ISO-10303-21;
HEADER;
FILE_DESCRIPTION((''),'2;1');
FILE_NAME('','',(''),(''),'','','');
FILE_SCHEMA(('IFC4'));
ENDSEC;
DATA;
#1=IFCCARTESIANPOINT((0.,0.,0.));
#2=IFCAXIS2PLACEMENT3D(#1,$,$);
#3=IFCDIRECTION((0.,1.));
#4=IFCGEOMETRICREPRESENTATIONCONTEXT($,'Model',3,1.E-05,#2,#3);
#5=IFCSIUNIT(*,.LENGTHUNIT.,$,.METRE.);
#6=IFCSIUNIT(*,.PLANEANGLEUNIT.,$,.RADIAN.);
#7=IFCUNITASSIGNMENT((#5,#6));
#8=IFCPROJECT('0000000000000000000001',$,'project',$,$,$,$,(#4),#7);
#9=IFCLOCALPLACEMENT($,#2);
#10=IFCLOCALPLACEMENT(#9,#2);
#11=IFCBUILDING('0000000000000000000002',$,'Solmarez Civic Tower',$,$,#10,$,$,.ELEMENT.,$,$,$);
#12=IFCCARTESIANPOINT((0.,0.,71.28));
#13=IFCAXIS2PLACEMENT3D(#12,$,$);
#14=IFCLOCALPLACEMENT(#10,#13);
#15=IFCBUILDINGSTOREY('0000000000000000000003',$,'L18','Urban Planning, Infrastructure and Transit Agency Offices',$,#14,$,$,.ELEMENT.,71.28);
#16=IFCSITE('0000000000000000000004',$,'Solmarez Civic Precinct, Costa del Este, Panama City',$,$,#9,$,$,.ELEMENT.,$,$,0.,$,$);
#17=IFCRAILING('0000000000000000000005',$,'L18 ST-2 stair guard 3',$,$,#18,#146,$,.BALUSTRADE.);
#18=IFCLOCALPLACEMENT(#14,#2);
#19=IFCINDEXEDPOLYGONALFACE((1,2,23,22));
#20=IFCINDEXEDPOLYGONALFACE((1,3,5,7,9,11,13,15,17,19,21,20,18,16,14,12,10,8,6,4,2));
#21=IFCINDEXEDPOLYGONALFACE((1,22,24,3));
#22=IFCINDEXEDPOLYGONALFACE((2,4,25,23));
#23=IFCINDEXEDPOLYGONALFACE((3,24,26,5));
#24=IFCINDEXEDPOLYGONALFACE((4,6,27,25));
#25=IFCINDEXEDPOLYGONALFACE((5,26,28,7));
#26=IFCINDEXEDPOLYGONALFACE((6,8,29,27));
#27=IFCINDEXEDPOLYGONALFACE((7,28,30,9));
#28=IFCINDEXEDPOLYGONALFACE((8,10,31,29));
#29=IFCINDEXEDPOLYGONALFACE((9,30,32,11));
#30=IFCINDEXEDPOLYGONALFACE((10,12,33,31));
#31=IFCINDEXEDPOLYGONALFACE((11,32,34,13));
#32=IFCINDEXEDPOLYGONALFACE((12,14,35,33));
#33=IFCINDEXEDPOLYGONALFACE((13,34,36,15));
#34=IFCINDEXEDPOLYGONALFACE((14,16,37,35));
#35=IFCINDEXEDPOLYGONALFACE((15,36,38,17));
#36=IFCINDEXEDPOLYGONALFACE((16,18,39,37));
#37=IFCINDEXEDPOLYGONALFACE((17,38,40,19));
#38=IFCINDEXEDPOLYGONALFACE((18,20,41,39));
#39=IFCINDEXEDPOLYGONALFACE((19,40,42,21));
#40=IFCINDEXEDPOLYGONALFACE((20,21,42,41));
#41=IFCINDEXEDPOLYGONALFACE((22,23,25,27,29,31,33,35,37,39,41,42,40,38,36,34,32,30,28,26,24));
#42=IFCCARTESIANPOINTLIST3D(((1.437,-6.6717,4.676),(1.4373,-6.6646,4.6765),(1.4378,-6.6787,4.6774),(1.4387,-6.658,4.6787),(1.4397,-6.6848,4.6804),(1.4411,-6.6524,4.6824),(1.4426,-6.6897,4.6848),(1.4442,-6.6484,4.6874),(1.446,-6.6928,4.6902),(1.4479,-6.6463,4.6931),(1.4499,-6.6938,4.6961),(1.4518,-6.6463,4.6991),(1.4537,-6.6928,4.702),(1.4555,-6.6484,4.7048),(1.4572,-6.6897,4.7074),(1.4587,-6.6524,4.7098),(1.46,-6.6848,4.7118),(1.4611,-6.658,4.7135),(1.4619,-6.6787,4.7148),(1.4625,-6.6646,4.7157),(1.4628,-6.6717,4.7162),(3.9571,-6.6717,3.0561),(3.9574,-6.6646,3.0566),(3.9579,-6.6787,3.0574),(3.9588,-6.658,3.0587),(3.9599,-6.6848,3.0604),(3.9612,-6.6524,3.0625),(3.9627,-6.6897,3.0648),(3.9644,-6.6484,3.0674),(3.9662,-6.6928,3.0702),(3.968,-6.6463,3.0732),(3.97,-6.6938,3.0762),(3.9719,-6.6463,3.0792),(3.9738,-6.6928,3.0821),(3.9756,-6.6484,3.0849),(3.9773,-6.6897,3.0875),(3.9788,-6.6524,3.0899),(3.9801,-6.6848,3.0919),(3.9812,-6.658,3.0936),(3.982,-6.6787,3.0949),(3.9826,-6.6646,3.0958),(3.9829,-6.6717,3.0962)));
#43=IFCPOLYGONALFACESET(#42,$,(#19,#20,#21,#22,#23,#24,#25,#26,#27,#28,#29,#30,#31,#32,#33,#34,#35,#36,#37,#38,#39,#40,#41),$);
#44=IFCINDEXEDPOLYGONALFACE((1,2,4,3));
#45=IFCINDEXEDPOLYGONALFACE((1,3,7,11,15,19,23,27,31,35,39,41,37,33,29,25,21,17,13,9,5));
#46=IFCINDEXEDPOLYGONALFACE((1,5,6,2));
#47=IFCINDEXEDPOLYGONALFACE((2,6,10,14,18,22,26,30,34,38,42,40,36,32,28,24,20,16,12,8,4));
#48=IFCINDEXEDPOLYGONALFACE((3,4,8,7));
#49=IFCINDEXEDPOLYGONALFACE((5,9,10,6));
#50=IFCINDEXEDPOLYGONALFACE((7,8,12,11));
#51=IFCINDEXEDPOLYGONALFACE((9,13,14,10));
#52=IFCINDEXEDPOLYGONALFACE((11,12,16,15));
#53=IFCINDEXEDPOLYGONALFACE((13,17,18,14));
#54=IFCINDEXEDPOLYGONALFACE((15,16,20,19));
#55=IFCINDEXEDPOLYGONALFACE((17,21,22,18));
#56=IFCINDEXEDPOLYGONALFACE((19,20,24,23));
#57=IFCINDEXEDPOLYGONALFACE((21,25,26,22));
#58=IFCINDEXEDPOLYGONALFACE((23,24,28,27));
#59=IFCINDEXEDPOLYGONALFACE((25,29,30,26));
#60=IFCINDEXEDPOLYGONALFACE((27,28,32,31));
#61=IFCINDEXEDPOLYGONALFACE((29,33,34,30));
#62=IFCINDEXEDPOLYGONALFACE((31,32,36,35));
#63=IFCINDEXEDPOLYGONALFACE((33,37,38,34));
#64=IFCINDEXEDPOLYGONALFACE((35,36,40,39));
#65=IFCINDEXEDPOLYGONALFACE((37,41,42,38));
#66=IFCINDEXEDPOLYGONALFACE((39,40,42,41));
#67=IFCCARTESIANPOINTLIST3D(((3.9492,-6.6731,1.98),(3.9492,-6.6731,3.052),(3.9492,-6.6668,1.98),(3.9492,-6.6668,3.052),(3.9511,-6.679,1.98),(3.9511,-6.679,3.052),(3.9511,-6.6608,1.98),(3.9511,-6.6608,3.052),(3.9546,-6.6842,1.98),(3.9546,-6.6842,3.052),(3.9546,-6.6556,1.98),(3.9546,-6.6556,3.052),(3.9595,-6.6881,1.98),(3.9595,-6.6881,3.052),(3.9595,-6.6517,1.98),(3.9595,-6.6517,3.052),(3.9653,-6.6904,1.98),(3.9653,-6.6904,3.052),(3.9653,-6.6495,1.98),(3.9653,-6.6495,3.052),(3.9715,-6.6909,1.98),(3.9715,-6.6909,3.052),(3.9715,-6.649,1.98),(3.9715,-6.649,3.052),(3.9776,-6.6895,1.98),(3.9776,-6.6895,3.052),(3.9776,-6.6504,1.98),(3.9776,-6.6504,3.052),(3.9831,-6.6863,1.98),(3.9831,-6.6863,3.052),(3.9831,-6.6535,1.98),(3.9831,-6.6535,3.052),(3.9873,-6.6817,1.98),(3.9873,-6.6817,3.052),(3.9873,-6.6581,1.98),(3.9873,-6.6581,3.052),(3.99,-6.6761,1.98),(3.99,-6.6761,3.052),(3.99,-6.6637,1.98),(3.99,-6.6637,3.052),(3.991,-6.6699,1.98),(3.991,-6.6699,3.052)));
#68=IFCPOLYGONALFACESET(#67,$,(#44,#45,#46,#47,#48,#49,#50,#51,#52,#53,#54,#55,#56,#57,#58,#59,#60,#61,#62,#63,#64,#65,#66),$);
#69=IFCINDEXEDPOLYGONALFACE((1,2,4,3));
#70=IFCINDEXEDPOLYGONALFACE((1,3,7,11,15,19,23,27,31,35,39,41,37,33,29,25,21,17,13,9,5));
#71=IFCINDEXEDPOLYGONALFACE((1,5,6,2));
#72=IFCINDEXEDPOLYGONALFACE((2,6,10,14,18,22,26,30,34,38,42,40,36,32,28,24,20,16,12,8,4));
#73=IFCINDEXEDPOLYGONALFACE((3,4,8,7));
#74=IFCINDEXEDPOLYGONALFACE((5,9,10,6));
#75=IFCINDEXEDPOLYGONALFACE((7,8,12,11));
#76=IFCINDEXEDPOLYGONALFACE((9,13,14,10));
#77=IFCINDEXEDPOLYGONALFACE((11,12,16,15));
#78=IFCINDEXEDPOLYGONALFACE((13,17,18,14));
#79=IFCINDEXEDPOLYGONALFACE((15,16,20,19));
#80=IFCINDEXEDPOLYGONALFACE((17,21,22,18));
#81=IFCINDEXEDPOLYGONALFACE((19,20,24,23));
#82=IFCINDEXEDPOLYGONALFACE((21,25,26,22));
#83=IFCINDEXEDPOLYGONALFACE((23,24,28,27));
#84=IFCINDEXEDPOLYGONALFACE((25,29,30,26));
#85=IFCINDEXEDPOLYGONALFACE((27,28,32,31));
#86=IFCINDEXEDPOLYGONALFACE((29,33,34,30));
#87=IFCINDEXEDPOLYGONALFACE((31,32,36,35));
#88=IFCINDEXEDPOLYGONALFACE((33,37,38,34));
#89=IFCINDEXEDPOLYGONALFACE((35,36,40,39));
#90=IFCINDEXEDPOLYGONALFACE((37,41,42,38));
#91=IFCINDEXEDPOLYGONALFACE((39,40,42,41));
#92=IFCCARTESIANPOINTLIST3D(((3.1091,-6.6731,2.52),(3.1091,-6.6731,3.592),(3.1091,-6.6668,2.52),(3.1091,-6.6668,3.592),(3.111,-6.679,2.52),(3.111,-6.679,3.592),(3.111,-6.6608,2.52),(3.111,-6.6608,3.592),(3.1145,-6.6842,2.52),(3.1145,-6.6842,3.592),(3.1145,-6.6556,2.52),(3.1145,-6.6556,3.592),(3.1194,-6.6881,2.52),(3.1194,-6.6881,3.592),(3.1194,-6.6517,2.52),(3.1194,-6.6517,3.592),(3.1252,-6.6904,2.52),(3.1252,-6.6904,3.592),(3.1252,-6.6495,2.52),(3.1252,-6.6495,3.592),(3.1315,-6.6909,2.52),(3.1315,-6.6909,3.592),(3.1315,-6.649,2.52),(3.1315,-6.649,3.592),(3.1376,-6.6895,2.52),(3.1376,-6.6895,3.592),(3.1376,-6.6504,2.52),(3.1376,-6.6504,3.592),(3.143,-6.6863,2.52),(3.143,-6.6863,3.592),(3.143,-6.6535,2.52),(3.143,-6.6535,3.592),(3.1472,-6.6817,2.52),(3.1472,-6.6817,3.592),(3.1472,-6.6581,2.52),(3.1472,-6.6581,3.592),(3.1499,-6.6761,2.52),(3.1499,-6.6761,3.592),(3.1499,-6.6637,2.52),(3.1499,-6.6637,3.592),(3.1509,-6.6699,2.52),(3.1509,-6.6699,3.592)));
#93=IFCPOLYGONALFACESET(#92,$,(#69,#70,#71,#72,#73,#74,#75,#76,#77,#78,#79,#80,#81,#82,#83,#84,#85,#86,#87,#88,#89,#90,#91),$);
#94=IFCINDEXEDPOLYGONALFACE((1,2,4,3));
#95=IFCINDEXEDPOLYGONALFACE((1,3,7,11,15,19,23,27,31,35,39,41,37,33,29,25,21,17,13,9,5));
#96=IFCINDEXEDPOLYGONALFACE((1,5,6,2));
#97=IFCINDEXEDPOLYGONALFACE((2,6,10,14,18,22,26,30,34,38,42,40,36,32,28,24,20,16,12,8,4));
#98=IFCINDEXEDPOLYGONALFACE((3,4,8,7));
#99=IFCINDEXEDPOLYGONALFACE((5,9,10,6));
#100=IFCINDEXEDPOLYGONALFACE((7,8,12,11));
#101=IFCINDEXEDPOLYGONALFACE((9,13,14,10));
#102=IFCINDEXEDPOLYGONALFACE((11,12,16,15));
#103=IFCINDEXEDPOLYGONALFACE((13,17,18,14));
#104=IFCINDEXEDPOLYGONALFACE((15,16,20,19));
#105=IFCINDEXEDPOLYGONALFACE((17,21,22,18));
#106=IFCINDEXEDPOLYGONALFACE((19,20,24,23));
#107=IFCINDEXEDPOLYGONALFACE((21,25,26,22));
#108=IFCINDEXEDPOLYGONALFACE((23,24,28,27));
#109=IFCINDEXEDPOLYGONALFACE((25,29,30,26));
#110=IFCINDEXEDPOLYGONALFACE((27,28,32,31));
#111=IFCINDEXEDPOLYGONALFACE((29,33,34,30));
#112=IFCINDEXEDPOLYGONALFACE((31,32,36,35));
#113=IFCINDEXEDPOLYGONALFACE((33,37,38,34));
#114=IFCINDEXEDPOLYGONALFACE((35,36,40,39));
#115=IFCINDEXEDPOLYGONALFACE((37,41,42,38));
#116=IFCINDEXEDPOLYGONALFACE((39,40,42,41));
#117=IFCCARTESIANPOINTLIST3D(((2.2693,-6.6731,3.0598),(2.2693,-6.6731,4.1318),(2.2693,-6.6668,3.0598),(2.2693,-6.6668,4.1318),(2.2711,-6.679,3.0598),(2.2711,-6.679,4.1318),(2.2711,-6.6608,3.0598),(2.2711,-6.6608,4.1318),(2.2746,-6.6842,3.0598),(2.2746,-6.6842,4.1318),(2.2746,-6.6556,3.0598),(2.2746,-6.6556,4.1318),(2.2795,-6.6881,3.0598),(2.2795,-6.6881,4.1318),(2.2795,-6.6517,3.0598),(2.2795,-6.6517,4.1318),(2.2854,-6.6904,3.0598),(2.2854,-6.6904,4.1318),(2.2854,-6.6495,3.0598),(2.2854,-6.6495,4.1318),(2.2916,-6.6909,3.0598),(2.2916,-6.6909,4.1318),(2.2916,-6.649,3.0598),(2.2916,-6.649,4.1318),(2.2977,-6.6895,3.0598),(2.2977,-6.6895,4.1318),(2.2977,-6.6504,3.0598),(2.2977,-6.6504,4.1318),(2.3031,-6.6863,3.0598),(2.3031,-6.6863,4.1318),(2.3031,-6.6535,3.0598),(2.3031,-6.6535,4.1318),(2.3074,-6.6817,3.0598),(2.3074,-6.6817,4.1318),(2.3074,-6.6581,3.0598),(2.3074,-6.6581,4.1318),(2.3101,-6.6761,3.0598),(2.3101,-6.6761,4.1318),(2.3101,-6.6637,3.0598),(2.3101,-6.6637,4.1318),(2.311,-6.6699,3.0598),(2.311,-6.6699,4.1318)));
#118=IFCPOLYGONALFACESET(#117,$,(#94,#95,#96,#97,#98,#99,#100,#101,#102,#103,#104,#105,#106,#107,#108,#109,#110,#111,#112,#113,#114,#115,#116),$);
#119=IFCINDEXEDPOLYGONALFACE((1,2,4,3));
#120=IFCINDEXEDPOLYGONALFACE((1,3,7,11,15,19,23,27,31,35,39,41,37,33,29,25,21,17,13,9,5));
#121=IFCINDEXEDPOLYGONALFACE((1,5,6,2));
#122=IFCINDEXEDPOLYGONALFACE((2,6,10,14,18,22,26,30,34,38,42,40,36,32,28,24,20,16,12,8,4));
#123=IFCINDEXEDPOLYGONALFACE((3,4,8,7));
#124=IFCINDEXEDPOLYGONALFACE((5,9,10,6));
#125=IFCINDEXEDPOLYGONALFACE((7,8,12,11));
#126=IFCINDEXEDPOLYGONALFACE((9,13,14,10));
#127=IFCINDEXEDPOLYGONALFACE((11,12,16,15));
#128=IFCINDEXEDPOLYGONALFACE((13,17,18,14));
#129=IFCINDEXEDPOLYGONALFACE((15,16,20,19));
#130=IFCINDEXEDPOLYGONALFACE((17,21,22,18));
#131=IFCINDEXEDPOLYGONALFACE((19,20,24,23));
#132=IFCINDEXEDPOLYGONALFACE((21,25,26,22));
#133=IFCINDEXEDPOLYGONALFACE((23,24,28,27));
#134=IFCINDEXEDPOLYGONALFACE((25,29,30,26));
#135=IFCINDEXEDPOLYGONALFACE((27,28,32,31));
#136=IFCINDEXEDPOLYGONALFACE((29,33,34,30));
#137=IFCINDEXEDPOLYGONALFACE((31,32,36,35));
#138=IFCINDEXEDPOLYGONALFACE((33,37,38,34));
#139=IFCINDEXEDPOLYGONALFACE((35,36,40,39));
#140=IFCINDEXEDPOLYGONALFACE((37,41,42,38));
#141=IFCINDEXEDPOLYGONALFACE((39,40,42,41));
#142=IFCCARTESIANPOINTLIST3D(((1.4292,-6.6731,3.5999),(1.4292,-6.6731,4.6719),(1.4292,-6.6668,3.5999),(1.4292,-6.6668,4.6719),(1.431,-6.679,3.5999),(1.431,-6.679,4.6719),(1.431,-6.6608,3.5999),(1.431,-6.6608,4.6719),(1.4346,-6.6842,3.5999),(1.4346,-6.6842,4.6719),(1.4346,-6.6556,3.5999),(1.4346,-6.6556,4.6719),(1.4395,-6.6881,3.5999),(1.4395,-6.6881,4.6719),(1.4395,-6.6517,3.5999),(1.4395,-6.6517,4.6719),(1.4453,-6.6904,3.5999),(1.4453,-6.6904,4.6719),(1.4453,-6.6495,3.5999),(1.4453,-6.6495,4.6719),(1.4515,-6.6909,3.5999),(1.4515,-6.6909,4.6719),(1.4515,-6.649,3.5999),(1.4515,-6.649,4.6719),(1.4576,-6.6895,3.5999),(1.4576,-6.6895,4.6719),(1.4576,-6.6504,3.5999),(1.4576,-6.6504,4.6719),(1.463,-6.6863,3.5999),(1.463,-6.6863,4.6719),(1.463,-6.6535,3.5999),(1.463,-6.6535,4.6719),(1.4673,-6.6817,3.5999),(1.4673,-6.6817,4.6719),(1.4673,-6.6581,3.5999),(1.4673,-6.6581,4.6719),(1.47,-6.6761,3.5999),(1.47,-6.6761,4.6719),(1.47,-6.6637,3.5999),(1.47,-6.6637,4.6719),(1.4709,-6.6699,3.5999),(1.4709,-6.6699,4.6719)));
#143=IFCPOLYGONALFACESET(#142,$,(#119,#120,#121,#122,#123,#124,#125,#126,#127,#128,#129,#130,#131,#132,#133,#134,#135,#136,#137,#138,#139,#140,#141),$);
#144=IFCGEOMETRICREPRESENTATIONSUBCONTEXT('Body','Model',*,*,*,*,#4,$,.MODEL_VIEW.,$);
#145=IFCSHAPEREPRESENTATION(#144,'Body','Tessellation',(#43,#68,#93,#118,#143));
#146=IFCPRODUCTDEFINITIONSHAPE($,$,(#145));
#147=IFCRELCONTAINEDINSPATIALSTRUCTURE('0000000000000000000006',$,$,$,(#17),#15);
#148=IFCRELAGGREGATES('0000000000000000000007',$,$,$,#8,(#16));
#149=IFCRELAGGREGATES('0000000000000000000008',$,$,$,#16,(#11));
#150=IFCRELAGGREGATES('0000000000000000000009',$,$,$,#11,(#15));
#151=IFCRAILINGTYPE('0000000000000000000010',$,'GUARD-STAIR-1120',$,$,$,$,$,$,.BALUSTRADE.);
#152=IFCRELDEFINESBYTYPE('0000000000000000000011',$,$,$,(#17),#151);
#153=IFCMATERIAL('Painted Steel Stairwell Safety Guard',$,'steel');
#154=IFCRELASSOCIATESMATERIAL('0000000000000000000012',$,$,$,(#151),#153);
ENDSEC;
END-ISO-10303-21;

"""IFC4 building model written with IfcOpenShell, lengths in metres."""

from ifc_helpers import new_model, si_unit, direction, frame, origin, origin_2d, place, context, subcontext, project, spatial, circle, extrude, material, type_object, element, save


model = new_model("IFC4")

# Units and contexts
model_context = context("Model", 3, precision=1e-05, world=origin(), true_north=direction((0.0, 1.0)))
body_context = subcontext(model_context, "Body", "Model", "MODEL_VIEW")
ifc_project = project(units=[si_unit("LENGTHUNIT", "METRE"), si_unit("PLANEANGLEUNIT", "RADIAN")], contexts=[model_context])

# Site, building, storey
site_placement = place(None, origin())
site = spatial("IfcSite", under=ifc_project, at=site_placement, Name="Solmarez Civic Precinct, Costa del Este, Panama City", CompositionType="ELEMENT", RefElevation=0.0)
building_placement = place(site_placement, origin())
building = spatial("IfcBuilding", under=site, at=building_placement, Name="Solmarez Civic Tower", CompositionType="ELEMENT")
storey_placement = place(building_placement, frame((0.0, 0.0, 71.28)))
storey = spatial("IfcBuildingStorey", under=building, at=storey_placement, Name="L18", Description="Urban Planning, Infrastructure and Transit Agency Offices", CompositionType="ELEMENT", Elevation=71.28)

# Railing
ifc_material_1 = material(Name="Painted Steel Stairwell Safety Guard", Category="steel")
railing_type_1 = type_object("IfcRailingType", Name="GUARD-STAIR-1120", PredefinedType="BALUSTRADE", material=ifc_material_1)
railing_1_placement = place(storey_placement, frame((3.97, -6.6699, 1.98)))
element("IfcRailing", 1, at=railing_1_placement, inside=storey, type_object=railing_type_1, Name="L18 ST-2 stair guard 3", PredefinedType="BALUSTRADE", context=body_context, shape_type="SweptSolid", body=[
    extrude(circle(Radius=0.0239, at=origin_2d()), frame((0.0, 0.0, 1.0962), z_axis=(-0.8412, 0.0, 0.540725), x_axis=(0.0, -1.0, 0.0)), (0.0, 0.0, 1.0), 2.9958),
    extrude(circle(Radius=0.021, at=origin_2d()), origin(), (0.0, 0.0, 1.0), 1.072),
    extrude(circle(Radius=0.021, at=origin_2d()), frame((-0.8401, 0.0, 0.54)), (0.0, 0.0, 1.0), 1.072),
    extrude(circle(Radius=0.021, at=origin_2d()), frame((-1.6799, 0.0, 1.0798)), (0.0, 0.0, 1.0), 1.072),
    extrude(circle(Radius=0.021, at=origin_2d()), frame((-2.52, 0.0, 1.6199)), (0.0, 0.0, 1.0), 1.072),
])

save(model, "model.ifc")
